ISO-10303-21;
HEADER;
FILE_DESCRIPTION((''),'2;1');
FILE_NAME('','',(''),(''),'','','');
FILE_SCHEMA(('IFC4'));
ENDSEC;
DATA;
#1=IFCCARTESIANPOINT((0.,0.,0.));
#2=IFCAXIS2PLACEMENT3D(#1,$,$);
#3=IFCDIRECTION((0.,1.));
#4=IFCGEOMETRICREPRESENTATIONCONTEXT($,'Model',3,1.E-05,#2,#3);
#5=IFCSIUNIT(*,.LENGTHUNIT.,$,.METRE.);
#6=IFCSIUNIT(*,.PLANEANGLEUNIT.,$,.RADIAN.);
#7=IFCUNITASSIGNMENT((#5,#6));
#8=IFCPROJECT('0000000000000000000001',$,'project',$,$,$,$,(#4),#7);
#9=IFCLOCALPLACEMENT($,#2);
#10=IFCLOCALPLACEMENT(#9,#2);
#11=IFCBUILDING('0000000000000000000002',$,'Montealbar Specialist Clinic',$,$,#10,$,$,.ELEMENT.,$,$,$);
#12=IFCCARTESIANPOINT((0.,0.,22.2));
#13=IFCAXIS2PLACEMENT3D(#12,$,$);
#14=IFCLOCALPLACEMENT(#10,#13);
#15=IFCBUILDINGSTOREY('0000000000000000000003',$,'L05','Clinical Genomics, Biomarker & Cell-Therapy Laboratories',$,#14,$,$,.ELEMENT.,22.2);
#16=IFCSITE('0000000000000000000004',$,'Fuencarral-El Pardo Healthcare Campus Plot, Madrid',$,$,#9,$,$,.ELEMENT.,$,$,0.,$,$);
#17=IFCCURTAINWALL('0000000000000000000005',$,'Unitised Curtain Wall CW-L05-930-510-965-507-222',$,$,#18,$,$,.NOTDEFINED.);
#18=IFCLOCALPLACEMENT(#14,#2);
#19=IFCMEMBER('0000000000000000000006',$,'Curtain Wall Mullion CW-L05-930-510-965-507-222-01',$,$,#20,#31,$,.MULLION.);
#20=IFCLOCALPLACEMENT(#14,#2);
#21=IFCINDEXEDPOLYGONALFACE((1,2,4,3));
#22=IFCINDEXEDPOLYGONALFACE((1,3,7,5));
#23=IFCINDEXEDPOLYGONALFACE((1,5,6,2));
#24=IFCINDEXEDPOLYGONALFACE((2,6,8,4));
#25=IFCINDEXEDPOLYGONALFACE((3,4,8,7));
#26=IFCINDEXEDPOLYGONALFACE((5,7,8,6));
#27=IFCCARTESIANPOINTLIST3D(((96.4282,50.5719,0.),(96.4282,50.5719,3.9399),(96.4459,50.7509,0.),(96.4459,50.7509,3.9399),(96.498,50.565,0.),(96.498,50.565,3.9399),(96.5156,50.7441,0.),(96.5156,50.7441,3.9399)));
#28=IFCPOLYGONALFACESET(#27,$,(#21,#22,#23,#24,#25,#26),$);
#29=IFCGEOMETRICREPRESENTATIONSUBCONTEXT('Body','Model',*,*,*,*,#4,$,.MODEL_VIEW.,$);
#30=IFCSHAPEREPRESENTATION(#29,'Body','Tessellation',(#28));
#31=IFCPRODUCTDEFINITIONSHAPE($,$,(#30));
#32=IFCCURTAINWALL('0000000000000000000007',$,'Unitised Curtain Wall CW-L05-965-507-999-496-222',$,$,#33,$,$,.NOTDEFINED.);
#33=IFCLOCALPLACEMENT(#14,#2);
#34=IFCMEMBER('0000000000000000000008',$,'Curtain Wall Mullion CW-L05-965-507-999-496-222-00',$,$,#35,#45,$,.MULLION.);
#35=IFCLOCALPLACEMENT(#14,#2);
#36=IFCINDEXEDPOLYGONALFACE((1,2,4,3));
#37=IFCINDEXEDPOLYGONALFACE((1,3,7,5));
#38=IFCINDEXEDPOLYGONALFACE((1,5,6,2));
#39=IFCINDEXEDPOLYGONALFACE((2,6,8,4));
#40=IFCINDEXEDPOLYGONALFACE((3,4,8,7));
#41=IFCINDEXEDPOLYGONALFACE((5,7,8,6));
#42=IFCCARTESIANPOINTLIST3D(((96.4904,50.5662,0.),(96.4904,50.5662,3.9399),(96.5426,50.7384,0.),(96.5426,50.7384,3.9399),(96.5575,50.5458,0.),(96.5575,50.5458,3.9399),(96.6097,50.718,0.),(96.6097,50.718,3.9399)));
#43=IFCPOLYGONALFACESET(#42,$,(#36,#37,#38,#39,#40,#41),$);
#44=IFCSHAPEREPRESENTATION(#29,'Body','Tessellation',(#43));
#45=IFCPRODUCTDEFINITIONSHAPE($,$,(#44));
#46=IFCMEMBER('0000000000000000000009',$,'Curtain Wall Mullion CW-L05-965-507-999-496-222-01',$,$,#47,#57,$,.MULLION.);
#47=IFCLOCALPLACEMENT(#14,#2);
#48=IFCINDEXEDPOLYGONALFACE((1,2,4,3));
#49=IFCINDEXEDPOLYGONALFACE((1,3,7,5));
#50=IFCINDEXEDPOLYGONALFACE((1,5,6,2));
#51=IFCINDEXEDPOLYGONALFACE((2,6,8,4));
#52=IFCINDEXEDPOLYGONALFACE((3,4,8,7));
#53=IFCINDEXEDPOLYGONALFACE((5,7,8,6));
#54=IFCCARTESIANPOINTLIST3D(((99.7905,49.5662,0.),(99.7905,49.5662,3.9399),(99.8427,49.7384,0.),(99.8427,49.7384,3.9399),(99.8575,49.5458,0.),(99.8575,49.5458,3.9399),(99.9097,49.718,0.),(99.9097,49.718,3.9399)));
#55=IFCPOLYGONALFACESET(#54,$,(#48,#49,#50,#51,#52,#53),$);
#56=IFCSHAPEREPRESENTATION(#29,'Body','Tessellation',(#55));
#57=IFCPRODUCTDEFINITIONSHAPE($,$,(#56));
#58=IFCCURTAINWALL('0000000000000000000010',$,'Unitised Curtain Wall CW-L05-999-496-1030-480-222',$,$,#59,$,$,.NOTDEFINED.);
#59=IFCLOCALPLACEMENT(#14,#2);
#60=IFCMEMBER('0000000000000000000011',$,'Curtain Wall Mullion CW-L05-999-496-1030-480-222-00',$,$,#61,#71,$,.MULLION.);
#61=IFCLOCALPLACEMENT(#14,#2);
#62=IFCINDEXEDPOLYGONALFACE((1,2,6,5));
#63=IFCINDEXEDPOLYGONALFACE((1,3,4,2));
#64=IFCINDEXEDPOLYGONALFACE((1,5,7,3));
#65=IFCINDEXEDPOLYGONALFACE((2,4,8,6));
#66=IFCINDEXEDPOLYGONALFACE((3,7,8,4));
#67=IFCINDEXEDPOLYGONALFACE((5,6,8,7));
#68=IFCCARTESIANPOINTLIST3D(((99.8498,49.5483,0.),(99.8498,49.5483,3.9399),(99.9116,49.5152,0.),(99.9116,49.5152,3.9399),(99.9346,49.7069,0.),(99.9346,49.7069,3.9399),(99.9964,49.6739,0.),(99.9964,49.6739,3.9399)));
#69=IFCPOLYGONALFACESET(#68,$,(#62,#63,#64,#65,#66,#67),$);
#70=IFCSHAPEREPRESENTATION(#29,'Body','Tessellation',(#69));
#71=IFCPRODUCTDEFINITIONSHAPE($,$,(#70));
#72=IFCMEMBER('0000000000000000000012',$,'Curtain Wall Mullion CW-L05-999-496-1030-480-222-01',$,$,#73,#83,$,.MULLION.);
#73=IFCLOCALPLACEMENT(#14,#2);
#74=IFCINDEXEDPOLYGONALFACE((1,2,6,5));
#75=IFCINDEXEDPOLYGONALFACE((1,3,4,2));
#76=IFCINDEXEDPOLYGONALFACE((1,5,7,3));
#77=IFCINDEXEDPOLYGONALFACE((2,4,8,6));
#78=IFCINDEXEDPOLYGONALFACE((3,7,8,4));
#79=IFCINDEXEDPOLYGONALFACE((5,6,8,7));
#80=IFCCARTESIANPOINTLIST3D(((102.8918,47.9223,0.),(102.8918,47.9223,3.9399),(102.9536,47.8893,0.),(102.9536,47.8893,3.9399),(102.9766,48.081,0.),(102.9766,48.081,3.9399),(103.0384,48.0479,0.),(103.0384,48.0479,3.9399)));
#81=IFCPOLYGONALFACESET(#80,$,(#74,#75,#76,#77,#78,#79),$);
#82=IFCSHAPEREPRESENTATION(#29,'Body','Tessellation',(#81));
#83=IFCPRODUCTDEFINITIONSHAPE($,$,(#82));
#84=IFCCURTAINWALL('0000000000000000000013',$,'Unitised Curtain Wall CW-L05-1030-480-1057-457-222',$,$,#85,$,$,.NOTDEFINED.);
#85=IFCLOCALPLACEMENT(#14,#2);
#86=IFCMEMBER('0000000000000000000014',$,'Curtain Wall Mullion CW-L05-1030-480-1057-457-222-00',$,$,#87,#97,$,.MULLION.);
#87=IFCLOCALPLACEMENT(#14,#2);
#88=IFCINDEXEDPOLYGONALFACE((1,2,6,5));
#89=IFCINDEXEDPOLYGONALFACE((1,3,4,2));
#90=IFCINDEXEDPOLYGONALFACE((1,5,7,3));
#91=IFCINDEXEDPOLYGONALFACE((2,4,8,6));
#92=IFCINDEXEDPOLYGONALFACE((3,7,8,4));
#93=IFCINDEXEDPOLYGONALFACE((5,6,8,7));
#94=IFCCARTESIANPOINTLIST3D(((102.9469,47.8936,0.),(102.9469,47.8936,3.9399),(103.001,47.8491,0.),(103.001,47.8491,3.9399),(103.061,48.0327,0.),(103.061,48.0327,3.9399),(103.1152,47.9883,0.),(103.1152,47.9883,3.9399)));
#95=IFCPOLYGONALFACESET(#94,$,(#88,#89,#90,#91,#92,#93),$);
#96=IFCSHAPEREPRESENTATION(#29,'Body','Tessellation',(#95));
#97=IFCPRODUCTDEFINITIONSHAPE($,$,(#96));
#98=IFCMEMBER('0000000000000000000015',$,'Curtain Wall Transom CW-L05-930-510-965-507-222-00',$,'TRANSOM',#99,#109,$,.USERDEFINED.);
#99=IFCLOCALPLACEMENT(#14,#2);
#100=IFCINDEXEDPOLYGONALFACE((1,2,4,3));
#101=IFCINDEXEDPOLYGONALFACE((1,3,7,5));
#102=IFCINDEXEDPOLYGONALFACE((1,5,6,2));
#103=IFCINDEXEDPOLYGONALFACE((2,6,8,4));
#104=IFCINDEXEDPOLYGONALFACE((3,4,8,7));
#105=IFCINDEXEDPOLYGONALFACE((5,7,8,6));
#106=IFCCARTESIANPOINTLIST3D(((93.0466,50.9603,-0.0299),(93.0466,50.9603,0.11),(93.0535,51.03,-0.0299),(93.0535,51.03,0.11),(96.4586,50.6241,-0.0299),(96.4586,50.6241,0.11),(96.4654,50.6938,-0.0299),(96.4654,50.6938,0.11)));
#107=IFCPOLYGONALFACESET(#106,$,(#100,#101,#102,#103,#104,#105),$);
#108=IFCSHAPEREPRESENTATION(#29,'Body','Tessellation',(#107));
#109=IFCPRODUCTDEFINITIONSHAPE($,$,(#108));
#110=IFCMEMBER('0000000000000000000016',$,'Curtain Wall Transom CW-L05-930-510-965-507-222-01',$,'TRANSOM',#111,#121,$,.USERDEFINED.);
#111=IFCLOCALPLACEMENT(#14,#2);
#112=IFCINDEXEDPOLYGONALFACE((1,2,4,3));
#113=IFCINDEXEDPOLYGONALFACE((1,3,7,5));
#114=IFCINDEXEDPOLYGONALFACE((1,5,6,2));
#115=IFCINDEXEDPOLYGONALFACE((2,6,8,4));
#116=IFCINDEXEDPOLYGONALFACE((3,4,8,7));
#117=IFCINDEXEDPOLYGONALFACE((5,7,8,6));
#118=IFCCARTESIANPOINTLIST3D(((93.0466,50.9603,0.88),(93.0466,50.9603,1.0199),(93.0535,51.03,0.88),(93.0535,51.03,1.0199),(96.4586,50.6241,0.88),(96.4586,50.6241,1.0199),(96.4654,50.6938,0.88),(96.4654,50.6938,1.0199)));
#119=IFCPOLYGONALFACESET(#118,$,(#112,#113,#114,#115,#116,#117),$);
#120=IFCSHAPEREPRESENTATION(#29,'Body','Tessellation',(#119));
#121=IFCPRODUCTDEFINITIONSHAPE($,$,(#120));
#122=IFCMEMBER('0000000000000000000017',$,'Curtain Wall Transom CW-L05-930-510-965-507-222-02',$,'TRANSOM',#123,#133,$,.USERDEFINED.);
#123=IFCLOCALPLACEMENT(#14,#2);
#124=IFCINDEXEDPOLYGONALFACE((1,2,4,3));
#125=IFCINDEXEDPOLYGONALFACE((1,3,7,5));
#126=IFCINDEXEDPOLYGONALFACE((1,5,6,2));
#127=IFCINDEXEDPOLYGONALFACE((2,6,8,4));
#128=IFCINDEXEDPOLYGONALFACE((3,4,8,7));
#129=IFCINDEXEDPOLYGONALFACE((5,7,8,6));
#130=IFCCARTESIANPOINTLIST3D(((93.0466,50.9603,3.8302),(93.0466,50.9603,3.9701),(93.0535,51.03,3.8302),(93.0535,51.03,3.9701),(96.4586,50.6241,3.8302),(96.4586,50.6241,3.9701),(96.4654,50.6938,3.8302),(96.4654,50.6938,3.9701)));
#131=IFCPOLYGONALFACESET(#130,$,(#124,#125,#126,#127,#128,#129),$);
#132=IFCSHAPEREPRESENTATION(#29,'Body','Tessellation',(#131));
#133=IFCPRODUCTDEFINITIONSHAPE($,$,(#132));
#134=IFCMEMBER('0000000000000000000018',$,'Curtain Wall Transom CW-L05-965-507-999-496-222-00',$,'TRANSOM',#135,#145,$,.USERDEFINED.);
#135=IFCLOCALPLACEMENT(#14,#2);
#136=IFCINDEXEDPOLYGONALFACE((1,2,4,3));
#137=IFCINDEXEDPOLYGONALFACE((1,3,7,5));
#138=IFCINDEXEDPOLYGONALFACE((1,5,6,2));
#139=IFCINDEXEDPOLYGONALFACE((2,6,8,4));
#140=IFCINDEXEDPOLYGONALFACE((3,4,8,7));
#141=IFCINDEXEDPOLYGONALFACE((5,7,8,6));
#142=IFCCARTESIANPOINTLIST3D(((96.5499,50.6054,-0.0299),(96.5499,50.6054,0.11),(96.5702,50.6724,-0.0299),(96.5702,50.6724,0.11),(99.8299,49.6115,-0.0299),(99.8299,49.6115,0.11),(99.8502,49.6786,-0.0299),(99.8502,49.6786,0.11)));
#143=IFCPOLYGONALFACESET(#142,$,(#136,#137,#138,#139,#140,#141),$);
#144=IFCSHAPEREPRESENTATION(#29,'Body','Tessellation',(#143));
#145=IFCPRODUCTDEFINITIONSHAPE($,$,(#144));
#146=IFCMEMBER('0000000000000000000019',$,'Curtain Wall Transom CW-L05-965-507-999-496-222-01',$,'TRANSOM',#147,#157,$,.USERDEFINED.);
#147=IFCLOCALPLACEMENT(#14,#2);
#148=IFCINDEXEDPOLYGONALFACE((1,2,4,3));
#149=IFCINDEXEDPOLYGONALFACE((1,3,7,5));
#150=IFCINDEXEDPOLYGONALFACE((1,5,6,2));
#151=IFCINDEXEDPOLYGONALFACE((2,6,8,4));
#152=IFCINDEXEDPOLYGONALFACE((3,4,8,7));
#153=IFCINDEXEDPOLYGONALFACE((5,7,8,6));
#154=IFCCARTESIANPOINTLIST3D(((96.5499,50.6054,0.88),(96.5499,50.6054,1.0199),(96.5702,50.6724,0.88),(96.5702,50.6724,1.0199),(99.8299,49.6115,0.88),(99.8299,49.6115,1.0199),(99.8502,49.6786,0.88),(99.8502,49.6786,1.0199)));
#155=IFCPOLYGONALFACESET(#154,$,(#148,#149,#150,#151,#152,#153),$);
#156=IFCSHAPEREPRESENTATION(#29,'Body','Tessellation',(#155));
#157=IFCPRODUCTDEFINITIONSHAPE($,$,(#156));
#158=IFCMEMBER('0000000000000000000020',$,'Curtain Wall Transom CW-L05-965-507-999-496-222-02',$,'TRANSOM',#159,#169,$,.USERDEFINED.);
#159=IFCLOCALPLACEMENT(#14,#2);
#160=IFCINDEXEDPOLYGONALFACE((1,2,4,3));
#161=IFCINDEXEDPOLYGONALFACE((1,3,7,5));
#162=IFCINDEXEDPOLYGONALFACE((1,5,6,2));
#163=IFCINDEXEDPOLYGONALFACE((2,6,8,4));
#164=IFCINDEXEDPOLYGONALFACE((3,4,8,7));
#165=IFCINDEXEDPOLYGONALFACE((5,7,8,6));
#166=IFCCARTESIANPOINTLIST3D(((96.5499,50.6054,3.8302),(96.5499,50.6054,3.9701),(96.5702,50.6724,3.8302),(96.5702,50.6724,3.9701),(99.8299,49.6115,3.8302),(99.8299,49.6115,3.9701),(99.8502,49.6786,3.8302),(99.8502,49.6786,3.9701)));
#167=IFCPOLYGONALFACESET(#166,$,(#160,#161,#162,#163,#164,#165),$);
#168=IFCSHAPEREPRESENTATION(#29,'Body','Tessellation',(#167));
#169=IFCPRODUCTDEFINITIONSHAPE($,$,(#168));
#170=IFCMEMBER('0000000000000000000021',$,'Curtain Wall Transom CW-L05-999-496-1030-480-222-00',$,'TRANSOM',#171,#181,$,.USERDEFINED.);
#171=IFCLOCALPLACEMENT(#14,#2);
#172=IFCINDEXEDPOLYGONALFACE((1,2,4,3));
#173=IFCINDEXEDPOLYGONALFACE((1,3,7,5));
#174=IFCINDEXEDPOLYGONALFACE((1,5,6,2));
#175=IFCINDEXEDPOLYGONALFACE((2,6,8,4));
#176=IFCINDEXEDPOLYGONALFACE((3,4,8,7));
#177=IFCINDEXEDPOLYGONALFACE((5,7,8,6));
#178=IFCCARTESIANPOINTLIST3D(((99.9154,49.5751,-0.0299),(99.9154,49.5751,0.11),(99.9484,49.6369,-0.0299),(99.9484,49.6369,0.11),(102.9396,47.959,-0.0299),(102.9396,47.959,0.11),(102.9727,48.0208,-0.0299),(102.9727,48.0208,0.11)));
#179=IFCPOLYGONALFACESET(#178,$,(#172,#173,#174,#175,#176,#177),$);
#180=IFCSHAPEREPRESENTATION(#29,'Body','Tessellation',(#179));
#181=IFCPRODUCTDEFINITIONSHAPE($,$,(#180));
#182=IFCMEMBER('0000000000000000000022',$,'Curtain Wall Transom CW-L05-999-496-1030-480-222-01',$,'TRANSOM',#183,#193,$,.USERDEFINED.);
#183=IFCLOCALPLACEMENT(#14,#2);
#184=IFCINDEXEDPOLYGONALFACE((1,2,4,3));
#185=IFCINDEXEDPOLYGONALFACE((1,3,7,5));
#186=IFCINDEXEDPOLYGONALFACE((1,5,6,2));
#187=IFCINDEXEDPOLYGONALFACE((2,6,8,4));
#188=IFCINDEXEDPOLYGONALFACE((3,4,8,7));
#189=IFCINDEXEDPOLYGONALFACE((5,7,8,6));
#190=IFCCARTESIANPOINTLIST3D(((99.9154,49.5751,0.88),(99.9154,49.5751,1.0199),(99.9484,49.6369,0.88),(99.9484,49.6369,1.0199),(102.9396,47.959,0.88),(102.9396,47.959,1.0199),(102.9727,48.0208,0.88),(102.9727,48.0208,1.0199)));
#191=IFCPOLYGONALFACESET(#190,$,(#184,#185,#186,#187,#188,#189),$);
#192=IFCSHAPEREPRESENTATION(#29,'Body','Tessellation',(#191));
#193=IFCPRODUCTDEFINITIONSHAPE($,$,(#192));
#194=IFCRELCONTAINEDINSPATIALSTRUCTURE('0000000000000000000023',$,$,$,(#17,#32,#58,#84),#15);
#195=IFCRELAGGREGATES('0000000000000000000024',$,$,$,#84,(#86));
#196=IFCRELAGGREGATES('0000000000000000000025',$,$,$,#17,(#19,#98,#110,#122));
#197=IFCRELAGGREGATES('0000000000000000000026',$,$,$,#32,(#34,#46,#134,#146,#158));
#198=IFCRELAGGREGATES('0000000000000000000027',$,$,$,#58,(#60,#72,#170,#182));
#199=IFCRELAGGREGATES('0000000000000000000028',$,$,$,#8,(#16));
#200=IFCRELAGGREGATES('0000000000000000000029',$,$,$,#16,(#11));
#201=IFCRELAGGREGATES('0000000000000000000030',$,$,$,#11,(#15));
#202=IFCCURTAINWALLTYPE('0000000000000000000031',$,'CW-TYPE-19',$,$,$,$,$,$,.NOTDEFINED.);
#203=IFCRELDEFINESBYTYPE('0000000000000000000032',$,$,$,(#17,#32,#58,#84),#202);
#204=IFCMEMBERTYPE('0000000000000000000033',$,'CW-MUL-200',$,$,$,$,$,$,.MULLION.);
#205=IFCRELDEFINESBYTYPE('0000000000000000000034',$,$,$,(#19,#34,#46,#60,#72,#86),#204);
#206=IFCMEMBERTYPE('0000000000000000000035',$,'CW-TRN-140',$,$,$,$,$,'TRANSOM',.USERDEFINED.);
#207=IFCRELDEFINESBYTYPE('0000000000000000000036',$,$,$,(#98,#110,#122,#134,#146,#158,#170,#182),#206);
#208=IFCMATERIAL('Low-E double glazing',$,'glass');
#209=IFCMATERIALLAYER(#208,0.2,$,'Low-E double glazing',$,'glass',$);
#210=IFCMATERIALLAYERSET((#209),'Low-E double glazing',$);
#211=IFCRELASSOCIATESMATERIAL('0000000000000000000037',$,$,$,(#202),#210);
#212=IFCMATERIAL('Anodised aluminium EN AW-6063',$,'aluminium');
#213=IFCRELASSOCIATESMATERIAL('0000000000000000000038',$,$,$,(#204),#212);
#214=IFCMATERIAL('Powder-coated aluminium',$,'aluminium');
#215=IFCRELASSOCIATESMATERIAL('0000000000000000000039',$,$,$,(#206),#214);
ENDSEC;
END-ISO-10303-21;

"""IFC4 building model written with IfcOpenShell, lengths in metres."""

from ifc_helpers import new_model, si_unit, direction, frame, origin, origin_2d, place, context, subcontext, project, spatial, rectangle, extrude, material, layer, layer_set, material_profile, profile_set, type_object, element, aggregate, save


model = new_model("IFC4")

# Units and contexts
model_context = context("Model", 3, precision=1e-05, world=origin(), true_north=direction((0.0, 1.0)))
body_context = subcontext(model_context, "Body", "Model", "MODEL_VIEW")
ifc_project = project(units=[si_unit("LENGTHUNIT", "METRE"), si_unit("PLANEANGLEUNIT", "RADIAN")], contexts=[model_context])

# Site, building, storey
site_placement = place(None, origin())
site = spatial("IfcSite", under=ifc_project, at=site_placement, Name="Fuencarral-El Pardo Healthcare Campus Plot, Madrid", CompositionType="ELEMENT", RefElevation=0.0)
building_placement = place(site_placement, origin())
building = spatial("IfcBuilding", under=site, at=building_placement, Name="Montealbar Specialist Clinic", CompositionType="ELEMENT")
storey_placement = place(building_placement, frame((0.0, 0.0, 22.2)))
storey = spatial("IfcBuildingStorey", under=building, at=storey_placement, Name="L05", Description="Clinical Genomics, Biomarker & Cell-Therapy Laboratories", CompositionType="ELEMENT", Elevation=22.2)

# Curtain wall, member
ifc_material_1 = material(Name="Low-E double glazing", Category="glass")
ifc_layer_1 = layer(ifc_material_1, 0.2, Name="Low-E double glazing", Category="glass")
ifc_layer_set_1 = layer_set([ifc_layer_1], Name="Low-E double glazing")
curtain_wall_type = type_object("IfcCurtainWallType", Name="CW-TYPE-19", PredefinedType="NOTDEFINED", material=ifc_layer_set_1)
curtain_wall_1_placement = place(storey_placement, origin())
curtain_wall_1 = element("IfcCurtainWall", 1, at=curtain_wall_1_placement, inside=storey, type_object=curtain_wall_type, Name="Unitised Curtain Wall CW-L05-930-510-965-507-222", PredefinedType="NOTDEFINED")
ifc_material_2 = material(Name="Anodised aluminium EN AW-6063", Category="aluminium")
ifc_material_profile_1 = material_profile(ifc_material_2, rectangle(XDim=0.0701, YDim=0.1799, at=origin_2d()), Name="ALU 70x180", Category="aluminium")
ifc_profile_set_1 = profile_set([ifc_material_profile_1], Name="Anodised aluminium EN AW-6063")
member_type_1 = type_object("IfcMemberType", Name="CW-MUL-200", PredefinedType="MULLION", material=ifc_profile_set_1)
member_1_placement = place(storey_placement, frame((96.4719, 50.658, 0.0), z_axis=(0.0, 0.0, 1.0), x_axis=(0.995182, -0.098045, 0.0)))
member_1 = element("IfcMember", 2, at=member_1_placement, type_object=member_type_1, Name="Curtain Wall Mullion CW-L05-930-510-965-507-222-01", PredefinedType="MULLION", context=body_context, shape_type="SweptSolid", body=[
    extrude(rectangle(XDim=0.0701, YDim=0.1799, at=origin_2d()), origin(), (0.0, 0.0, 1.0), 3.9399),
])

# Curtain walls, members
curtain_wall_2_placement = place(storey_placement, origin())
curtain_wall_2 = element("IfcCurtainWall", 3, at=curtain_wall_2_placement, inside=storey, type_object=curtain_wall_type, Name="Unitised Curtain Wall CW-L05-965-507-999-496-222", PredefinedType="NOTDEFINED")
member_2_placement = place(storey_placement, frame((96.55, 50.6421, 0.0), z_axis=(0.0, 0.0, 1.0), x_axis=(0.956948, -0.290259, 0.0)))
member_2 = element("IfcMember", 4, at=member_2_placement, type_object=member_type_1, Name="Curtain Wall Mullion CW-L05-965-507-999-496-222-00", PredefinedType="MULLION", context=body_context, shape_type="SweptSolid", body=[
    extrude(rectangle(XDim=0.0701, YDim=0.1799, at=origin_2d()), origin(), (0.0, 0.0, 1.0), 3.9399),
])
member_3_placement = place(storey_placement, frame((99.8501, 49.6421, 0.0), z_axis=(0.0, 0.0, 1.0), x_axis=(0.956948, -0.290259, 0.0)))
member_3 = element("IfcMember", 5, at=member_3_placement, type_object=member_type_1, Name="Curtain Wall Mullion CW-L05-965-507-999-496-222-01", PredefinedType="MULLION", context=body_context, shape_type="SweptSolid", body=[
    extrude(rectangle(XDim=0.0701, YDim=0.1799, at=origin_2d()), origin(), (0.0, 0.0, 1.0), 3.9399),
])
curtain_wall_3_placement = place(storey_placement, origin())
curtain_wall_3 = element("IfcCurtainWall", 6, at=curtain_wall_3_placement, inside=storey, type_object=curtain_wall_type, Name="Unitised Curtain Wall CW-L05-999-496-1030-480-222", PredefinedType="NOTDEFINED")
member_4_placement = place(storey_placement, frame((99.9231, 49.6111, 0.0), z_axis=(0.0, 0.0, 1.0), x_axis=(0.88185, -0.471529, 0.0)))
member_4 = element("IfcMember", 7, at=member_4_placement, type_object=member_type_1, Name="Curtain Wall Mullion CW-L05-999-496-1030-480-222-00", PredefinedType="MULLION", context=body_context, shape_type="SweptSolid", body=[
    extrude(rectangle(XDim=0.0701, YDim=0.1799, at=origin_2d()), origin(), (0.0, 0.0, 1.0), 3.9399),
])
member_5_placement = place(storey_placement, frame((102.9651, 47.9851, 0.0), z_axis=(0.0, 0.0, 1.0), x_axis=(0.88185, -0.471529, 0.0)))
member_5 = element("IfcMember", 8, at=member_5_placement, type_object=member_type_1, Name="Curtain Wall Mullion CW-L05-999-496-1030-480-222-01", PredefinedType="MULLION", context=body_context, shape_type="SweptSolid", body=[
    extrude(rectangle(XDim=0.0701, YDim=0.1799, at=origin_2d()), origin(), (0.0, 0.0, 1.0), 3.9399),
])

# Curtain wall, member
curtain_wall_4_placement = place(storey_placement, origin())
curtain_wall_4 = element("IfcCurtainWall", 9, at=curtain_wall_4_placement, inside=storey, type_object=curtain_wall_type, Name="Unitised Curtain Wall CW-L05-1030-480-1057-457-222", PredefinedType="NOTDEFINED")
member_6_placement = place(storey_placement, frame((103.031, 47.9409, 0.0), z_axis=(0.0, 0.0, 1.0), x_axis=(0.773123, -0.634256, 0.0)))
member_6 = element("IfcMember", 10, at=member_6_placement, type_object=member_type_1, Name="Curtain Wall Mullion CW-L05-1030-480-1057-457-222-00", PredefinedType="MULLION", context=body_context, shape_type="SweptSolid", body=[
    extrude(rectangle(XDim=0.0701, YDim=0.1799, at=origin_2d()), origin(), (0.0, 0.0, 1.0), 3.9399),
])

# Members
ifc_material_3 = material(Name="Powder-coated aluminium", Category="aluminium")
ifc_material_profile_2 = material_profile(ifc_material_3, rectangle(XDim=0.0701, YDim=0.1399, at=origin_2d()), Name="ALU 70x140", Category="aluminium")
ifc_profile_set_2 = profile_set([ifc_material_profile_2], Name="Powder-coated aluminium")
member_type_2 = type_object("IfcMemberType", Name="CW-TRN-140", ElementType="TRANSOM", PredefinedType="USERDEFINED", material=ifc_profile_set_2)
member_7_placement = place(storey_placement, frame((93.05, 50.9951, 0.04), z_axis=(0.995181, -0.098058, 0.0), x_axis=(0.098058, 0.995181, 0.0)))
member_7 = element("IfcMember", 11, at=member_7_placement, type_object=member_type_2, Name="Curtain Wall Transom CW-L05-930-510-965-507-222-00", ObjectType="TRANSOM", PredefinedType="USERDEFINED", context=body_context, shape_type="SweptSolid", body=[
    extrude(rectangle(XDim=0.0701, YDim=0.1399, at=origin_2d()), origin(), (0.0, 0.0, 1.0), 3.4285),
])
member_8_placement = place(storey_placement, frame((93.05, 50.9951, 0.95), z_axis=(0.995181, -0.098058, 0.0), x_axis=(0.098058, 0.995181, 0.0)))
member_8 = element("IfcMember", 12, at=member_8_placement, type_object=member_type_2, Name="Curtain Wall Transom CW-L05-930-510-965-507-222-01", ObjectType="TRANSOM", PredefinedType="USERDEFINED", context=body_context, shape_type="SweptSolid", body=[
    extrude(rectangle(XDim=0.0701, YDim=0.1399, at=origin_2d()), origin(), (0.0, 0.0, 1.0), 3.4285),
])
member_9_placement = place(storey_placement, frame((93.05, 50.9951, 3.9001), z_axis=(0.995181, -0.098058, 0.0), x_axis=(0.098058, 0.995181, 0.0)))
member_9 = element("IfcMember", 13, at=member_9_placement, type_object=member_type_2, Name="Curtain Wall Transom CW-L05-930-510-965-507-222-02", ObjectType="TRANSOM", PredefinedType="USERDEFINED", context=body_context, shape_type="SweptSolid", body=[
    extrude(rectangle(XDim=0.0701, YDim=0.1399, at=origin_2d()), origin(), (0.0, 0.0, 1.0), 3.4285),
])
member_10_placement = place(storey_placement, frame((96.5601, 50.6389, 0.04), z_axis=(0.957029, -0.289994, 0.0), x_axis=(0.289994, 0.957029, 0.0)))
member_10 = element("IfcMember", 14, at=member_10_placement, type_object=member_type_2, Name="Curtain Wall Transom CW-L05-965-507-999-496-222-00", ObjectType="TRANSOM", PredefinedType="USERDEFINED", context=body_context, shape_type="SweptSolid", body=[
    extrude(rectangle(XDim=0.0701, YDim=0.1399, at=origin_2d()), origin(), (0.0, 0.0, 1.0), 3.4272),
])
member_11_placement = place(storey_placement, frame((96.5601, 50.6389, 0.95), z_axis=(0.957029, -0.289994, 0.0), x_axis=(0.289994, 0.957029, 0.0)))
member_11 = element("IfcMember", 15, at=member_11_placement, type_object=member_type_2, Name="Curtain Wall Transom CW-L05-965-507-999-496-222-01", ObjectType="TRANSOM", PredefinedType="USERDEFINED", context=body_context, shape_type="SweptSolid", body=[
    extrude(rectangle(XDim=0.0701, YDim=0.1399, at=origin_2d()), origin(), (0.0, 0.0, 1.0), 3.4272),
])
member_12_placement = place(storey_placement, frame((96.5601, 50.6389, 3.9001), z_axis=(0.957029, -0.289994, 0.0), x_axis=(0.289994, 0.957029, 0.0)))
member_12 = element("IfcMember", 16, at=member_12_placement, type_object=member_type_2, Name="Curtain Wall Transom CW-L05-965-507-999-496-222-02", ObjectType="TRANSOM", PredefinedType="USERDEFINED", context=body_context, shape_type="SweptSolid", body=[
    extrude(rectangle(XDim=0.0701, YDim=0.1399, at=origin_2d()), origin(), (0.0, 0.0, 1.0), 3.4272),
])
member_13_placement = place(storey_placement, frame((99.9319, 49.606, 0.04), z_axis=(0.88198, -0.471287, 0.0), x_axis=(0.471287, 0.88198, 0.0)))
member_13 = element("IfcMember", 17, at=member_13_placement, type_object=member_type_2, Name="Curtain Wall Transom CW-L05-999-496-1030-480-222-00", ObjectType="TRANSOM", PredefinedType="USERDEFINED", context=body_context, shape_type="SweptSolid", body=[
    extrude(rectangle(XDim=0.0701, YDim=0.1399, at=origin_2d()), origin(), (0.0, 0.0, 1.0), 3.429),
])
member_14_placement = place(storey_placement, frame((99.9319, 49.606, 0.95), z_axis=(0.88198, -0.471287, 0.0), x_axis=(0.471287, 0.88198, 0.0)))
member_14 = element("IfcMember", 18, at=member_14_placement, type_object=member_type_2, Name="Curtain Wall Transom CW-L05-999-496-1030-480-222-01", ObjectType="TRANSOM", PredefinedType="USERDEFINED", context=body_context, shape_type="SweptSolid", body=[
    extrude(rectangle(XDim=0.0701, YDim=0.1399, at=origin_2d()), origin(), (0.0, 0.0, 1.0), 3.429),
])
aggregate(curtain_wall_4, [member_6])

aggregate(curtain_wall_1, [member_1, member_7, member_8, member_9])
aggregate(curtain_wall_2, [member_2, member_3, member_10, member_11, member_12])
aggregate(curtain_wall_3, [member_4, member_5, member_13, member_14])

save(model, "model.ifc")
